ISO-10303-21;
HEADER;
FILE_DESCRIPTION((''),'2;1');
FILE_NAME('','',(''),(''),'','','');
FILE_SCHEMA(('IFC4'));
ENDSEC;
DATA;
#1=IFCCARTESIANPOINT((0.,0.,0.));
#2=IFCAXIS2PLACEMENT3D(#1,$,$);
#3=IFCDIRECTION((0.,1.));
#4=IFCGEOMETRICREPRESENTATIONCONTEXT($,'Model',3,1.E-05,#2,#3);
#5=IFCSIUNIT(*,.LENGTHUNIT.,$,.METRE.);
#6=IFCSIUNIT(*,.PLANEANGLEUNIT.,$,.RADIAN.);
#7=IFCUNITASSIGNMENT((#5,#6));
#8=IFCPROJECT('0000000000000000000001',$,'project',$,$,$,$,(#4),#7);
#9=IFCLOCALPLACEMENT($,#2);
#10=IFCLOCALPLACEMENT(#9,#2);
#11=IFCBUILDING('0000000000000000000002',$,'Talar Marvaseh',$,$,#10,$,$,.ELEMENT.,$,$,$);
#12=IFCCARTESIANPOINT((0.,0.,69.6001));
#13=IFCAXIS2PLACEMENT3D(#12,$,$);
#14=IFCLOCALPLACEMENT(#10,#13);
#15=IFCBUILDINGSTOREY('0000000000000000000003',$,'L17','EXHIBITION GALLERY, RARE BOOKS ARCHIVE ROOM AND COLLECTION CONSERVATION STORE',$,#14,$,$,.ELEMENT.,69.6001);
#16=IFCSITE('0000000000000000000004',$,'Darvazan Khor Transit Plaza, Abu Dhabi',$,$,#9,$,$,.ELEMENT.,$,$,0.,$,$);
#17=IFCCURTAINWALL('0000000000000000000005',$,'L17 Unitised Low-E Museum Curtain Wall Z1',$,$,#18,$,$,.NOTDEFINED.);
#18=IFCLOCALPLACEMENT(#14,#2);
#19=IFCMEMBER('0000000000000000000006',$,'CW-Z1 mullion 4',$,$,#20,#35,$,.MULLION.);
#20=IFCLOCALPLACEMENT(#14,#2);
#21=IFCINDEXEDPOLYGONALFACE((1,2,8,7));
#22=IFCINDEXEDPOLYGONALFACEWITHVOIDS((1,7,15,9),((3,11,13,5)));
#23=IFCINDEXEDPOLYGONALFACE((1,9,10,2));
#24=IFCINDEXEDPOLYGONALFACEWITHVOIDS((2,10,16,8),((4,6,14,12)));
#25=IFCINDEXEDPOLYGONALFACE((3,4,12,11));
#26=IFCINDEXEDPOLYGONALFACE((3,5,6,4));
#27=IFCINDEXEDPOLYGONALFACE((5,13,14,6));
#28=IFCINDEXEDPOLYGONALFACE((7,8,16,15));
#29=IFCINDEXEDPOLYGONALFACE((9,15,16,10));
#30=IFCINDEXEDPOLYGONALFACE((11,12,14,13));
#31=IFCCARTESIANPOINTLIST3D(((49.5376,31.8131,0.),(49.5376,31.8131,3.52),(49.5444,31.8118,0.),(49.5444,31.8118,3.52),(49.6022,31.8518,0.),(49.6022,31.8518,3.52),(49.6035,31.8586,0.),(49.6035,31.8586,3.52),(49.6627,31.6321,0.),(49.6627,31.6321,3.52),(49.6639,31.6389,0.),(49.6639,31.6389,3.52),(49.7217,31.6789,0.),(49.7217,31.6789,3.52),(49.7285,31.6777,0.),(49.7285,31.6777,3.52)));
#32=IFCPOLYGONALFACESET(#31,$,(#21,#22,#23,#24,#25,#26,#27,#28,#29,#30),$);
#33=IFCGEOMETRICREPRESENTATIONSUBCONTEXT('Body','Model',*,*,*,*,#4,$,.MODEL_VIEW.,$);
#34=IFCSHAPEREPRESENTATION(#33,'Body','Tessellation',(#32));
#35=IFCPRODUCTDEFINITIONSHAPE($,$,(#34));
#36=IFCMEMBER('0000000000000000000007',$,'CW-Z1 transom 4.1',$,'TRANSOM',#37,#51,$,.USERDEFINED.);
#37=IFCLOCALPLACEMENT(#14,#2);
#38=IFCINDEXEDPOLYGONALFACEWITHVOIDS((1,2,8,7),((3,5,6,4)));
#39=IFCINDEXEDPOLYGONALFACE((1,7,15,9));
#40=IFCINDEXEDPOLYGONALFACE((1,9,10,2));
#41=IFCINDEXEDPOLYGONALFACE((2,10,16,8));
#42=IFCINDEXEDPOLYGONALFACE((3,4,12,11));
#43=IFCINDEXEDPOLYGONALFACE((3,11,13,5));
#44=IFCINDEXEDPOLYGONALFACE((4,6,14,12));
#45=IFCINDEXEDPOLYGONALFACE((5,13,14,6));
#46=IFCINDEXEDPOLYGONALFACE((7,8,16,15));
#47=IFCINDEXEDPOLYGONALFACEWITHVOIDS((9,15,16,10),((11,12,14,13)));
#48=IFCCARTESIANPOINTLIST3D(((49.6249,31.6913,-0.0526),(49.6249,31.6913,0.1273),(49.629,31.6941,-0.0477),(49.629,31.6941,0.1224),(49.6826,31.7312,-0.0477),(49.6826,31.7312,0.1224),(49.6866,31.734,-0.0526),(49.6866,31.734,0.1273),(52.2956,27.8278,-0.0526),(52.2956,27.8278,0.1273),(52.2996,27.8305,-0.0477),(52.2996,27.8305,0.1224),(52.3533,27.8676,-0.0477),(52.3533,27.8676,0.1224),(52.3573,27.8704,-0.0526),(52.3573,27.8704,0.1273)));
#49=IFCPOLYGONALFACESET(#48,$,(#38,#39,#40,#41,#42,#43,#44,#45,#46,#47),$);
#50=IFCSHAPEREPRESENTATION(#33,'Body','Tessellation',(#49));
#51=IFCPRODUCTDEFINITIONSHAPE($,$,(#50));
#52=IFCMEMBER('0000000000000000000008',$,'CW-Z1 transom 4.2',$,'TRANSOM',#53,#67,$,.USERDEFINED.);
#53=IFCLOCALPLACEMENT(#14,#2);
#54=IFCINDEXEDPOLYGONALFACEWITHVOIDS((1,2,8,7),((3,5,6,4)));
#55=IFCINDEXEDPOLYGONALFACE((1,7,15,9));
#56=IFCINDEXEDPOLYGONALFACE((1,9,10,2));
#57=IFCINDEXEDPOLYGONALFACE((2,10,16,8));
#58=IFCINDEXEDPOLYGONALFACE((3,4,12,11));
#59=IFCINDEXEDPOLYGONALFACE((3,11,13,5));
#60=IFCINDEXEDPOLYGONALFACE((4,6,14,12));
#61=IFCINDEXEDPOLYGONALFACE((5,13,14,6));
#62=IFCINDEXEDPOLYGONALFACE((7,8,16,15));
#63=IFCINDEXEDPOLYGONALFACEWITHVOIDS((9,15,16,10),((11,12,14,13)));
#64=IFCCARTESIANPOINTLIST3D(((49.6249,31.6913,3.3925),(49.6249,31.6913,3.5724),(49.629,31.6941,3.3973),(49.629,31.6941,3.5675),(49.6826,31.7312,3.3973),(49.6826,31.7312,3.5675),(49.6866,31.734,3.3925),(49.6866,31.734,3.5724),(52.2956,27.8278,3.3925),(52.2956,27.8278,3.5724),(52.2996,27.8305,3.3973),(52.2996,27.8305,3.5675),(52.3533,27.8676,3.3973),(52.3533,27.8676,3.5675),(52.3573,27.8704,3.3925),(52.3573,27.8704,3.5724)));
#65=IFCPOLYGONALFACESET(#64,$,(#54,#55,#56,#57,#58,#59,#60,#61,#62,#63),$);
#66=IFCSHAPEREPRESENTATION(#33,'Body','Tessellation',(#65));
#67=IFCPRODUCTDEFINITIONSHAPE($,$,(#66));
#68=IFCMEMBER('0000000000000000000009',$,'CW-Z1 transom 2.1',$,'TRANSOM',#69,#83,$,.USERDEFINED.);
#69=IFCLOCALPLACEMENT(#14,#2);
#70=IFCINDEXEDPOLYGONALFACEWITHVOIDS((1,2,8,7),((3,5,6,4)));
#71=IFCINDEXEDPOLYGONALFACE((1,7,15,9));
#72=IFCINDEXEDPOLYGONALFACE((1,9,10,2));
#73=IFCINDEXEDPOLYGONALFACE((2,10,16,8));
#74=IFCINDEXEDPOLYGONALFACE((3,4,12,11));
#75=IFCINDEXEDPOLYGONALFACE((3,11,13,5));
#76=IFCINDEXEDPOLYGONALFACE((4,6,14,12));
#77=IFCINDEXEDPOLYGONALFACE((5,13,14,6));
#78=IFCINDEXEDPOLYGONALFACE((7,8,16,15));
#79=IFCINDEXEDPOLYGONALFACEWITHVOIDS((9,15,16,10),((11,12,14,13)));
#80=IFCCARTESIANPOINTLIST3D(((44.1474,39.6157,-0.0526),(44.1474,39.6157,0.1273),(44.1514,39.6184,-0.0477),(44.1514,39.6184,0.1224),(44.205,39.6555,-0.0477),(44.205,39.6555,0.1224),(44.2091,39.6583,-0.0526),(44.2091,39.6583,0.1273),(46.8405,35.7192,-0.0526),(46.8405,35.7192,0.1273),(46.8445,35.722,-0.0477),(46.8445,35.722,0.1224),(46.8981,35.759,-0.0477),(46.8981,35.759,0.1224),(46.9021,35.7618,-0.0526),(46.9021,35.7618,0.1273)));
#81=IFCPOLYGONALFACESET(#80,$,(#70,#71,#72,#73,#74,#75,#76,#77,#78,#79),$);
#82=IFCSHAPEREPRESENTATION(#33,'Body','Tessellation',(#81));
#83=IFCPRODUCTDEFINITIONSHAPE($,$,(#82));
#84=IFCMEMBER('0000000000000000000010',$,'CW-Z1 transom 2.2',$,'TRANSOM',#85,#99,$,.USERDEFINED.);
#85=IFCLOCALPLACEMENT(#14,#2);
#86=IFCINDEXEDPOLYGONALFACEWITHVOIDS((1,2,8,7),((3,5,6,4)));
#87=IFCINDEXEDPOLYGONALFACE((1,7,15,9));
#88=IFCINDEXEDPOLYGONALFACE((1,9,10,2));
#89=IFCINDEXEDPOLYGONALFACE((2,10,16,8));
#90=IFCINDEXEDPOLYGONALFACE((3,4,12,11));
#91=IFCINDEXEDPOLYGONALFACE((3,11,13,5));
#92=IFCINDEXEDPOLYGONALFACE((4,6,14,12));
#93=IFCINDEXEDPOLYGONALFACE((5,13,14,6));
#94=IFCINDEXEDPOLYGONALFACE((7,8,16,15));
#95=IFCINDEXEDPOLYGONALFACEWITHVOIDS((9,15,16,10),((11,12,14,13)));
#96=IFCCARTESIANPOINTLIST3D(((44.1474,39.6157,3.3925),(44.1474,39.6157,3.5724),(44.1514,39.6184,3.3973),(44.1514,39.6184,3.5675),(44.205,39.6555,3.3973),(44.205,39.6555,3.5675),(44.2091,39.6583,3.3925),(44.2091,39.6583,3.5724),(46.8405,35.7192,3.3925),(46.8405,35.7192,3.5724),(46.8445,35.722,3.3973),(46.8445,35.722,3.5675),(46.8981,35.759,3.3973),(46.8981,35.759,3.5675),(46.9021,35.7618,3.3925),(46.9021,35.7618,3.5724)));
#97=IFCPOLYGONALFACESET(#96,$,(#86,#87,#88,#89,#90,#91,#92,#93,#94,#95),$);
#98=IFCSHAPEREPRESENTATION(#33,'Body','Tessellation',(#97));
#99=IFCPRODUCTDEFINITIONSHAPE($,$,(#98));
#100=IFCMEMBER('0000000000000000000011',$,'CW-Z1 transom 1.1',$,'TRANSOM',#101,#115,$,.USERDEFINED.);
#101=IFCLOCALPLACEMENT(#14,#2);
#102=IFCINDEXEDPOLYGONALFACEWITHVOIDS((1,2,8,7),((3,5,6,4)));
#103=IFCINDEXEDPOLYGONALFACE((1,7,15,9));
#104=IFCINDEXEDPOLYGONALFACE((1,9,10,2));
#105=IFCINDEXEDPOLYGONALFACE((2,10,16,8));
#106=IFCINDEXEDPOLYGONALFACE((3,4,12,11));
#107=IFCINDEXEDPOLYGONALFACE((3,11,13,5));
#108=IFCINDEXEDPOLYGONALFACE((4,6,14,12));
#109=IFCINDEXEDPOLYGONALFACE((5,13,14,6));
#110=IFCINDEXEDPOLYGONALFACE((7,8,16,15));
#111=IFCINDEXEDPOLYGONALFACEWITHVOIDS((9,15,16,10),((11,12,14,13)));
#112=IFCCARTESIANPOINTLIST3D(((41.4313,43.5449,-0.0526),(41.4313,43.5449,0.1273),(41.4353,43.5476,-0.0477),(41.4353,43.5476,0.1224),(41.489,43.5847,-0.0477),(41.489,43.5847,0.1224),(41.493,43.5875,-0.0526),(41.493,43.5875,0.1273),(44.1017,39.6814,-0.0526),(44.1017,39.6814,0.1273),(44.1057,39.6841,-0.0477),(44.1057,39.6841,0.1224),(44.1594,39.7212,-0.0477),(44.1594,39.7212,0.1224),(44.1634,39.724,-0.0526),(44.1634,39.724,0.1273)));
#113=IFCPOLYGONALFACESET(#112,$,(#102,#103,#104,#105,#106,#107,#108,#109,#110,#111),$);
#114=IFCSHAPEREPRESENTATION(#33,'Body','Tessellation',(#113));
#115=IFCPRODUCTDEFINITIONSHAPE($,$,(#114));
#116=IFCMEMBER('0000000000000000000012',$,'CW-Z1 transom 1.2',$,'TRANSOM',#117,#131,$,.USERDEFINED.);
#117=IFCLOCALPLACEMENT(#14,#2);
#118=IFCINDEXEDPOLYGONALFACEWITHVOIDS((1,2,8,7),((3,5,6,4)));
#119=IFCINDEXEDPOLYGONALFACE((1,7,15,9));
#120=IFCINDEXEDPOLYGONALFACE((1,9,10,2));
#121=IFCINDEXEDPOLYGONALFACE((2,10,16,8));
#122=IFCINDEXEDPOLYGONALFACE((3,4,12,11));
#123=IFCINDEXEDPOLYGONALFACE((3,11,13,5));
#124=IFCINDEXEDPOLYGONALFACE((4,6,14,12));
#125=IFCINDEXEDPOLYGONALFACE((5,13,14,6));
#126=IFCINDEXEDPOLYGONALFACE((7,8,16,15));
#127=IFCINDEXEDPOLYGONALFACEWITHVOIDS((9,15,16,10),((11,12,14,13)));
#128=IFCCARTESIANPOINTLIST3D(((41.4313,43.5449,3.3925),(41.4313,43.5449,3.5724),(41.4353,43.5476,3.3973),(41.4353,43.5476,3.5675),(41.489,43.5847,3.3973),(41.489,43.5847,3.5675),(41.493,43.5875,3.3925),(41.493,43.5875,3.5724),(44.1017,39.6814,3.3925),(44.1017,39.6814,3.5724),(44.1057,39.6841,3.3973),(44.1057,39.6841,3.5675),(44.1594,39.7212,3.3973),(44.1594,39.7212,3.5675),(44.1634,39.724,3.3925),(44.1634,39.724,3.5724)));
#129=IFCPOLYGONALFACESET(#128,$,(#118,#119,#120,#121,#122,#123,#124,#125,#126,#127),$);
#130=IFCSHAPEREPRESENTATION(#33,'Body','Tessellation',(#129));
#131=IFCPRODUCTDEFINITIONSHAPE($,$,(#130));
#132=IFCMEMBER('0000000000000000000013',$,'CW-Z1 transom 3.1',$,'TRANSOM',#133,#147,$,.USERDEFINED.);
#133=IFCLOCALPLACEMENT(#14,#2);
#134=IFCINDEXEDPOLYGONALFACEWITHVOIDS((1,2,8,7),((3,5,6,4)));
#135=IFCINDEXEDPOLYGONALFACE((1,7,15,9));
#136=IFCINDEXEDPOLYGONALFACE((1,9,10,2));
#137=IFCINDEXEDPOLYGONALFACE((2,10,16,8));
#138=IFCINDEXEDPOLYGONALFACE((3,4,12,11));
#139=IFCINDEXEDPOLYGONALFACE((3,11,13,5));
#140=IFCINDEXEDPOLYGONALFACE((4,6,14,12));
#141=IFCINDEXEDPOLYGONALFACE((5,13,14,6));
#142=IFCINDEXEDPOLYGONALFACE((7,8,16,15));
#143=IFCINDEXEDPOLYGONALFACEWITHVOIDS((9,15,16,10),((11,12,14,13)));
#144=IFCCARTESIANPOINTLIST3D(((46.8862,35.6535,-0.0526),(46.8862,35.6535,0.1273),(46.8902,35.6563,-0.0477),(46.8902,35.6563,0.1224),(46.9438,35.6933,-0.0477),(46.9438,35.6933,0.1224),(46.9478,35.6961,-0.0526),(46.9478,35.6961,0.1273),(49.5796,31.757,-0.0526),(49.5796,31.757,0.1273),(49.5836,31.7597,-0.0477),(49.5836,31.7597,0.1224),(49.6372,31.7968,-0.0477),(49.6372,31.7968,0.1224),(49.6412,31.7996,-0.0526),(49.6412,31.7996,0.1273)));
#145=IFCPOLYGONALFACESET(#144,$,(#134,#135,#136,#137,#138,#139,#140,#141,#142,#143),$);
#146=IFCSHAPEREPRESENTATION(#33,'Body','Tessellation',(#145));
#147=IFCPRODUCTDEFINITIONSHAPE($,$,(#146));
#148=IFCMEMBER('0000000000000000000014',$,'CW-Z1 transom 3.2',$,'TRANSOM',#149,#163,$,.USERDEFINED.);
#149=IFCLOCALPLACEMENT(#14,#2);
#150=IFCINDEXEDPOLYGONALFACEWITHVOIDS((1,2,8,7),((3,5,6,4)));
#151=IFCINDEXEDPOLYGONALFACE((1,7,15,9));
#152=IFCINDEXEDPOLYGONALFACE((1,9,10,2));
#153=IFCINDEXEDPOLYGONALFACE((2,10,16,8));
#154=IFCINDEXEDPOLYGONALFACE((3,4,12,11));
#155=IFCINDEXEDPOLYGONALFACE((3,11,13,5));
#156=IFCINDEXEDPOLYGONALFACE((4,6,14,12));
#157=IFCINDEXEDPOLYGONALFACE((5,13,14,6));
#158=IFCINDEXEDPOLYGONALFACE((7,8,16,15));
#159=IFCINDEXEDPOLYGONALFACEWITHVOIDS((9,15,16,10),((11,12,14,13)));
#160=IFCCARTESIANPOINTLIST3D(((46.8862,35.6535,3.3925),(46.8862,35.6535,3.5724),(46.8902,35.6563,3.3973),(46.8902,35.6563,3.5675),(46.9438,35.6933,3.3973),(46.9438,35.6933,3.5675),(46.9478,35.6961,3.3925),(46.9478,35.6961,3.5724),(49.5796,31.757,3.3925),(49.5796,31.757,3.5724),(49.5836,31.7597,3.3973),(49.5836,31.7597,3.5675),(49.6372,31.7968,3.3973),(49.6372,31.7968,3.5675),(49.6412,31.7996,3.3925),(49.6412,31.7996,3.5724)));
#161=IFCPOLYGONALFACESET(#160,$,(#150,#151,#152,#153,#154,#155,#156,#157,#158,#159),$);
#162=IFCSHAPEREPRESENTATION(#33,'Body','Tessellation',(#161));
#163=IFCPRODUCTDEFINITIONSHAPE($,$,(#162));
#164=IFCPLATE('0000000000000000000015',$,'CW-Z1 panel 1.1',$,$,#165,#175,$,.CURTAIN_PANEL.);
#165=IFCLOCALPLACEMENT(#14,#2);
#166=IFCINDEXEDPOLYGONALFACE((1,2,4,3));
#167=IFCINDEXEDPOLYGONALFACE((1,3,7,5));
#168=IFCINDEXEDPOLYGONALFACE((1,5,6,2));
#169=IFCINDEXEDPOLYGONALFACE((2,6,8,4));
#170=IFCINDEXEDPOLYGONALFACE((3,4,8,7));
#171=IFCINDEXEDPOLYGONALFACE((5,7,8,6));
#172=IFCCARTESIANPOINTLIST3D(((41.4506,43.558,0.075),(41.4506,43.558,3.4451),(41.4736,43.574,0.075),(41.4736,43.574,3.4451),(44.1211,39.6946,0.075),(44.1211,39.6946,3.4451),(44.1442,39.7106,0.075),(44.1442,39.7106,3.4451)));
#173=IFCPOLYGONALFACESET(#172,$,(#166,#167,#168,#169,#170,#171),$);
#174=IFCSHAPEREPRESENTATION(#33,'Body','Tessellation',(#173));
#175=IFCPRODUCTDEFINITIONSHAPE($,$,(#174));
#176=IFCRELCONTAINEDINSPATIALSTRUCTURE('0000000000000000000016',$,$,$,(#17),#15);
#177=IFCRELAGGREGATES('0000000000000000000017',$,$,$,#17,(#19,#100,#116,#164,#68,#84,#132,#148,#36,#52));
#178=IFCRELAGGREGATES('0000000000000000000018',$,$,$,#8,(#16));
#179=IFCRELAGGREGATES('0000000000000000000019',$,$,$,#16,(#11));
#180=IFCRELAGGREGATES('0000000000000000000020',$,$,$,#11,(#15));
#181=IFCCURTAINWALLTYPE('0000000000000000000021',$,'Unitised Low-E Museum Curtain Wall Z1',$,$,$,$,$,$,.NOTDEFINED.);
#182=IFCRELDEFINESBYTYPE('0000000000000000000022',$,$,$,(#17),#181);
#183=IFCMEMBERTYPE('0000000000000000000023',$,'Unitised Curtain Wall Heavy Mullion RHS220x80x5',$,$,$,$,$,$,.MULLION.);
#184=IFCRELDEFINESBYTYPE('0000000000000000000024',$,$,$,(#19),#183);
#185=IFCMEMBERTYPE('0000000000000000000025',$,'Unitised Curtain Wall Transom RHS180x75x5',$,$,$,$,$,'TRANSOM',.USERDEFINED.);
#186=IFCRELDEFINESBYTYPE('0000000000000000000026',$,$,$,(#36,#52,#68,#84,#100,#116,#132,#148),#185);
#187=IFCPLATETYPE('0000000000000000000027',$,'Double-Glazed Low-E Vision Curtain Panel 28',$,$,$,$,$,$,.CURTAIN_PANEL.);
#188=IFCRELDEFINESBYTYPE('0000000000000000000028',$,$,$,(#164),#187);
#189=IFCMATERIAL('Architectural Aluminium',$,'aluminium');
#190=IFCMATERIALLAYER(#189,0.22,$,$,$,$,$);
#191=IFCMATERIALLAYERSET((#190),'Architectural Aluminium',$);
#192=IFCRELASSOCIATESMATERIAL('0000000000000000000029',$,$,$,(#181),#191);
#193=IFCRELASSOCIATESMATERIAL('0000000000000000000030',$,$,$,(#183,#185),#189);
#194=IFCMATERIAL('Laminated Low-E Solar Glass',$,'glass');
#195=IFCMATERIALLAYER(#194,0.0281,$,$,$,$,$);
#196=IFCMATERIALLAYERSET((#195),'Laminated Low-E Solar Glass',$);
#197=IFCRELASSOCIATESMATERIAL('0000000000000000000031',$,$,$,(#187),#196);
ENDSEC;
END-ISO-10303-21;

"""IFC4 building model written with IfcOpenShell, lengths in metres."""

from ifc_helpers import new_model, si_unit, direction, frame, origin, origin_2d, place, context, subcontext, project, spatial, rectangle, hollow_rectangle, extrude, source, transform, mapped, material, layer, layer_set, material_profile, profile_set, type_object, type_shapes, element, aggregate, save


model = new_model("IFC4")

# Units and contexts
model_context = context("Model", 3, precision=1e-05, world=origin(), true_north=direction((0.0, 1.0)))
body_context = subcontext(model_context, "Body", "Model", "MODEL_VIEW")
ifc_project = project(units=[si_unit("LENGTHUNIT", "METRE"), si_unit("PLANEANGLEUNIT", "RADIAN")], contexts=[model_context])

# Site, building, storey
site_placement = place(None, origin())
site = spatial("IfcSite", under=ifc_project, at=site_placement, Name="Darvazan Khor Transit Plaza, Abu Dhabi", CompositionType="ELEMENT", RefElevation=0.0)
building_placement = place(site_placement, origin())
building = spatial("IfcBuilding", under=site, at=building_placement, Name="Talar Marvaseh", CompositionType="ELEMENT")
storey_placement = place(building_placement, frame((0.0, 0.0, 69.6001)))
storey = spatial("IfcBuildingStorey", under=building, at=storey_placement, Name="L17", Description="EXHIBITION GALLERY, RARE BOOKS ARCHIVE ROOM AND COLLECTION CONSERVATION STORE", CompositionType="ELEMENT", Elevation=69.6001)

# Shared definitions
ifc_material_1 = material(Name="Architectural Aluminium", Category="aluminium")
ifc_layer_1 = layer(ifc_material_1, 0.22)
ifc_layer_set_1 = layer_set([ifc_layer_1], Name="Architectural Aluminium")
curtain_wall_type = type_object("IfcCurtainWallType", Name="Unitised Low-E Museum Curtain Wall Z1", PredefinedType="NOTDEFINED", material=ifc_layer_set_1)
ifc_material_profile_1 = material_profile(ifc_material_1, hollow_rectangle(XDim=0.0801, YDim=0.22, WallThickness=0.0049, at=origin_2d()), Name="RHS220x80x5")
ifc_profile_set_1 = profile_set([ifc_material_profile_1], Name="Architectural Aluminium")
member_type_1 = type_object("IfcMemberType", Name="Unitised Curtain Wall Heavy Mullion RHS220x80x5", PredefinedType="MULLION", material=ifc_profile_set_1)
shared_shape_1 = source(origin(), body_context, "Body", "SweptSolid", [
    extrude(hollow_rectangle(XDim=0.0801, YDim=0.22, WallThickness=0.0049, at=origin_2d()), origin(), (0.0, 0.0, 1.0), 3.52),
])
type_shapes(member_type_1, [shared_shape_1])

# Curtain wall, members, plate
curtain_wall_1_placement = place(storey_placement, origin())
curtain_wall_1 = element("IfcCurtainWall", 1, at=curtain_wall_1_placement, inside=storey, type_object=curtain_wall_type, Name="L17 Unitised Low-E Museum Curtain Wall Z1", PredefinedType="NOTDEFINED")
member_1_placement = place(storey_placement, frame((49.6331, 31.7454, 0.0), z_axis=(0.0, 0.0, 1.0), x_axis=(0.822603, 0.568617, 0.0)))
member_1 = element("IfcMember", 2, at=member_1_placement, type_object=member_type_1, Name="CW-Z1 mullion 4", PredefinedType="MULLION", context=body_context, shape_type="MappedRepresentation", body=[
    mapped(shared_shape_1, transform((0.0, 0.0, 0.0), x_axis=(1.0, 0.0, 0.0), y_axis=(0.0, 1.0, 0.0), z_axis=(0.0, 0.0, 1.0), scale=1.0)),
])
ifc_material_profile_2 = material_profile(ifc_material_1, hollow_rectangle(XDim=0.075, YDim=0.1799, WallThickness=0.0049, at=origin_2d()), Name="RHS180x75x5")
ifc_profile_set_2 = profile_set([ifc_material_profile_2], Name="Architectural Aluminium")
member_type_2 = type_object("IfcMemberType", Name="Unitised Curtain Wall Transom RHS180x75x5", ElementType="TRANSOM", PredefinedType="USERDEFINED", material=ifc_profile_set_2)
shared_shape_2 = source(origin(), body_context, "Body", "SweptSolid", [
    extrude(hollow_rectangle(XDim=0.075, YDim=0.1799, WallThickness=0.0049, at=origin_2d()), origin(), (0.0, 0.0, 1.0), 4.6968),
])
member_2_placement = place(storey_placement, frame((49.6558, 31.7126, 0.0374), z_axis=(0.568621, -0.8226, 0.0), x_axis=(0.8226, 0.568621, 0.0)))
member_2 = element("IfcMember", 3, at=member_2_placement, type_object=member_type_2, Name="CW-Z1 transom 4.1", ObjectType="TRANSOM", PredefinedType="USERDEFINED", context=body_context, shape_type="MappedRepresentation", body=[
    mapped(shared_shape_2, transform((0.0, 0.0, 0.0), x_axis=(1.0, 0.0, 0.0), y_axis=(0.0, 1.0, 0.0), z_axis=(0.0, 0.0, 1.0), scale=1.0)),
])
member_3_placement = place(storey_placement, frame((49.6558, 31.7126, 3.4824), z_axis=(0.568621, -0.8226, 0.0), x_axis=(0.8226, 0.568621, 0.0)))
member_3 = element("IfcMember", 4, at=member_3_placement, type_object=member_type_2, Name="CW-Z1 transom 4.2", ObjectType="TRANSOM", PredefinedType="USERDEFINED", context=body_context, shape_type="MappedRepresentation", body=[
    mapped(shared_shape_2, transform((0.0, 0.0, 0.0), x_axis=(1.0, 0.0, 0.0), y_axis=(0.0, 1.0, 0.0), z_axis=(0.0, 0.0, 1.0), scale=1.0)),
])
shared_shape_3 = source(origin(), body_context, "Body", "SweptSolid", [
    extrude(hollow_rectangle(XDim=0.075, YDim=0.1799, WallThickness=0.0049, at=origin_2d()), origin(), (0.0, 0.0, 1.0), 4.7366),
])
member_4_placement = place(storey_placement, frame((44.1782, 39.637, 0.0374), z_axis=(0.568575, -0.822632, 0.0), x_axis=(0.822632, 0.568575, 0.0)))
member_4 = element("IfcMember", 5, at=member_4_placement, type_object=member_type_2, Name="CW-Z1 transom 2.1", ObjectType="TRANSOM", PredefinedType="USERDEFINED", context=body_context, shape_type="MappedRepresentation", body=[
    mapped(shared_shape_3, transform((0.0, 0.0, 0.0), x_axis=(1.0, 0.0, 0.0), y_axis=(0.0, 1.0, 0.0), z_axis=(0.0, 0.0, 1.0), scale=1.0)),
])
member_5_placement = place(storey_placement, frame((44.1782, 39.637, 3.4824), z_axis=(0.568575, -0.822632, 0.0), x_axis=(0.822632, 0.568575, 0.0)))
member_5 = element("IfcMember", 6, at=member_5_placement, type_object=member_type_2, Name="CW-Z1 transom 2.2", ObjectType="TRANSOM", PredefinedType="USERDEFINED", context=body_context, shape_type="MappedRepresentation", body=[
    mapped(shared_shape_3, transform((0.0, 0.0, 0.0), x_axis=(1.0, 0.0, 0.0), y_axis=(0.0, 1.0, 0.0), z_axis=(0.0, 0.0, 1.0), scale=1.0)),
])
shared_shape_4 = source(origin(), body_context, "Body", "SweptSolid", [
    extrude(hollow_rectangle(XDim=0.075, YDim=0.1799, WallThickness=0.0049, at=origin_2d()), origin(), (0.0, 0.0, 1.0), 4.6965),
])
member_6_placement = place(storey_placement, frame((41.4622, 43.5662, 0.0374), z_axis=(0.568585, -0.822624, 0.0), x_axis=(0.822624, 0.568585, 0.0)))
member_6 = element("IfcMember", 7, at=member_6_placement, type_object=member_type_2, Name="CW-Z1 transom 1.1", ObjectType="TRANSOM", PredefinedType="USERDEFINED", context=body_context, shape_type="MappedRepresentation", body=[
    mapped(shared_shape_4, transform((0.0, 0.0, 0.0), x_axis=(1.0, 0.0, 0.0), y_axis=(0.0, 1.0, 0.0), z_axis=(0.0, 0.0, 1.0), scale=1.0)),
])
member_7_placement = place(storey_placement, frame((41.4622, 43.5662, 3.4824), z_axis=(0.568585, -0.822624, 0.0), x_axis=(0.822624, 0.568585, 0.0)))
member_7 = element("IfcMember", 8, at=member_7_placement, type_object=member_type_2, Name="CW-Z1 transom 1.2", ObjectType="TRANSOM", PredefinedType="USERDEFINED", context=body_context, shape_type="MappedRepresentation", body=[
    mapped(shared_shape_4, transform((0.0, 0.0, 0.0), x_axis=(1.0, 0.0, 0.0), y_axis=(0.0, 1.0, 0.0), z_axis=(0.0, 0.0, 1.0), scale=1.0)),
])
shared_shape_5 = source(origin(), body_context, "Body", "SweptSolid", [
    extrude(hollow_rectangle(XDim=0.075, YDim=0.1799, WallThickness=0.0049, at=origin_2d()), origin(), (0.0, 0.0, 1.0), 4.7368),
])
type_shapes(member_type_2, [shared_shape_2, shared_shape_3, shared_shape_4, shared_shape_5])
member_8_placement = place(storey_placement, frame((46.917, 35.6748, 0.0374), z_axis=(0.568609, -0.822608, 0.0), x_axis=(0.822608, 0.568609, 0.0)))
member_8 = element("IfcMember", 9, at=member_8_placement, type_object=member_type_2, Name="CW-Z1 transom 3.1", ObjectType="TRANSOM", PredefinedType="USERDEFINED", context=body_context, shape_type="MappedRepresentation", body=[
    mapped(shared_shape_5, transform((0.0, 0.0, 0.0), x_axis=(1.0, 0.0, 0.0), y_axis=(0.0, 1.0, 0.0), z_axis=(0.0, 0.0, 1.0), scale=1.0)),
])
member_9_placement = place(storey_placement, frame((46.917, 35.6748, 3.4824), z_axis=(0.568609, -0.822608, 0.0), x_axis=(0.822608, 0.568609, 0.0)))
member_9 = element("IfcMember", 10, at=member_9_placement, type_object=member_type_2, Name="CW-Z1 transom 3.2", ObjectType="TRANSOM", PredefinedType="USERDEFINED", context=body_context, shape_type="MappedRepresentation", body=[
    mapped(shared_shape_5, transform((0.0, 0.0, 0.0), x_axis=(1.0, 0.0, 0.0), y_axis=(0.0, 1.0, 0.0), z_axis=(0.0, 0.0, 1.0), scale=1.0)),
])
ifc_material_2 = material(Name="Laminated Low-E Solar Glass", Category="glass")
ifc_layer_2 = layer(ifc_material_2, 0.0281)
ifc_layer_set_2 = layer_set([ifc_layer_2], Name="Laminated Low-E Solar Glass")
plate_type = type_object("IfcPlateType", Name="Double-Glazed Low-E Vision Curtain Panel 28", PredefinedType="CURTAIN_PANEL", material=ifc_layer_set_2)
shared_shape_6 = source(origin(), body_context, "Body", "SweptSolid", [
    extrude(rectangle(XDim=4.6965, YDim=0.0281, at=origin_2d()), origin(), (0.0, 0.0, 1.0), 3.3701),
])
plate_1_placement = place(storey_placement, frame((42.7974, 41.6343, 0.075), z_axis=(0.0, 0.0, 1.0), x_axis=(0.568617, -0.822603, 0.0)))
plate_1 = element("IfcPlate", 11, at=plate_1_placement, type_object=plate_type, Name="CW-Z1 panel 1.1", PredefinedType="CURTAIN_PANEL", context=body_context, shape_type="MappedRepresentation", body=[
    mapped(shared_shape_6, transform((0.0, 0.0, 0.0), x_axis=(1.0, 0.0, 0.0), y_axis=(0.0, 1.0, 0.0), z_axis=(0.0, 0.0, 1.0), scale=1.0)),
])
aggregate(curtain_wall_1, [member_1, member_6, member_7, plate_1, member_4, member_5, member_8, member_9, member_2, member_3])

save(model, "model.ifc")
